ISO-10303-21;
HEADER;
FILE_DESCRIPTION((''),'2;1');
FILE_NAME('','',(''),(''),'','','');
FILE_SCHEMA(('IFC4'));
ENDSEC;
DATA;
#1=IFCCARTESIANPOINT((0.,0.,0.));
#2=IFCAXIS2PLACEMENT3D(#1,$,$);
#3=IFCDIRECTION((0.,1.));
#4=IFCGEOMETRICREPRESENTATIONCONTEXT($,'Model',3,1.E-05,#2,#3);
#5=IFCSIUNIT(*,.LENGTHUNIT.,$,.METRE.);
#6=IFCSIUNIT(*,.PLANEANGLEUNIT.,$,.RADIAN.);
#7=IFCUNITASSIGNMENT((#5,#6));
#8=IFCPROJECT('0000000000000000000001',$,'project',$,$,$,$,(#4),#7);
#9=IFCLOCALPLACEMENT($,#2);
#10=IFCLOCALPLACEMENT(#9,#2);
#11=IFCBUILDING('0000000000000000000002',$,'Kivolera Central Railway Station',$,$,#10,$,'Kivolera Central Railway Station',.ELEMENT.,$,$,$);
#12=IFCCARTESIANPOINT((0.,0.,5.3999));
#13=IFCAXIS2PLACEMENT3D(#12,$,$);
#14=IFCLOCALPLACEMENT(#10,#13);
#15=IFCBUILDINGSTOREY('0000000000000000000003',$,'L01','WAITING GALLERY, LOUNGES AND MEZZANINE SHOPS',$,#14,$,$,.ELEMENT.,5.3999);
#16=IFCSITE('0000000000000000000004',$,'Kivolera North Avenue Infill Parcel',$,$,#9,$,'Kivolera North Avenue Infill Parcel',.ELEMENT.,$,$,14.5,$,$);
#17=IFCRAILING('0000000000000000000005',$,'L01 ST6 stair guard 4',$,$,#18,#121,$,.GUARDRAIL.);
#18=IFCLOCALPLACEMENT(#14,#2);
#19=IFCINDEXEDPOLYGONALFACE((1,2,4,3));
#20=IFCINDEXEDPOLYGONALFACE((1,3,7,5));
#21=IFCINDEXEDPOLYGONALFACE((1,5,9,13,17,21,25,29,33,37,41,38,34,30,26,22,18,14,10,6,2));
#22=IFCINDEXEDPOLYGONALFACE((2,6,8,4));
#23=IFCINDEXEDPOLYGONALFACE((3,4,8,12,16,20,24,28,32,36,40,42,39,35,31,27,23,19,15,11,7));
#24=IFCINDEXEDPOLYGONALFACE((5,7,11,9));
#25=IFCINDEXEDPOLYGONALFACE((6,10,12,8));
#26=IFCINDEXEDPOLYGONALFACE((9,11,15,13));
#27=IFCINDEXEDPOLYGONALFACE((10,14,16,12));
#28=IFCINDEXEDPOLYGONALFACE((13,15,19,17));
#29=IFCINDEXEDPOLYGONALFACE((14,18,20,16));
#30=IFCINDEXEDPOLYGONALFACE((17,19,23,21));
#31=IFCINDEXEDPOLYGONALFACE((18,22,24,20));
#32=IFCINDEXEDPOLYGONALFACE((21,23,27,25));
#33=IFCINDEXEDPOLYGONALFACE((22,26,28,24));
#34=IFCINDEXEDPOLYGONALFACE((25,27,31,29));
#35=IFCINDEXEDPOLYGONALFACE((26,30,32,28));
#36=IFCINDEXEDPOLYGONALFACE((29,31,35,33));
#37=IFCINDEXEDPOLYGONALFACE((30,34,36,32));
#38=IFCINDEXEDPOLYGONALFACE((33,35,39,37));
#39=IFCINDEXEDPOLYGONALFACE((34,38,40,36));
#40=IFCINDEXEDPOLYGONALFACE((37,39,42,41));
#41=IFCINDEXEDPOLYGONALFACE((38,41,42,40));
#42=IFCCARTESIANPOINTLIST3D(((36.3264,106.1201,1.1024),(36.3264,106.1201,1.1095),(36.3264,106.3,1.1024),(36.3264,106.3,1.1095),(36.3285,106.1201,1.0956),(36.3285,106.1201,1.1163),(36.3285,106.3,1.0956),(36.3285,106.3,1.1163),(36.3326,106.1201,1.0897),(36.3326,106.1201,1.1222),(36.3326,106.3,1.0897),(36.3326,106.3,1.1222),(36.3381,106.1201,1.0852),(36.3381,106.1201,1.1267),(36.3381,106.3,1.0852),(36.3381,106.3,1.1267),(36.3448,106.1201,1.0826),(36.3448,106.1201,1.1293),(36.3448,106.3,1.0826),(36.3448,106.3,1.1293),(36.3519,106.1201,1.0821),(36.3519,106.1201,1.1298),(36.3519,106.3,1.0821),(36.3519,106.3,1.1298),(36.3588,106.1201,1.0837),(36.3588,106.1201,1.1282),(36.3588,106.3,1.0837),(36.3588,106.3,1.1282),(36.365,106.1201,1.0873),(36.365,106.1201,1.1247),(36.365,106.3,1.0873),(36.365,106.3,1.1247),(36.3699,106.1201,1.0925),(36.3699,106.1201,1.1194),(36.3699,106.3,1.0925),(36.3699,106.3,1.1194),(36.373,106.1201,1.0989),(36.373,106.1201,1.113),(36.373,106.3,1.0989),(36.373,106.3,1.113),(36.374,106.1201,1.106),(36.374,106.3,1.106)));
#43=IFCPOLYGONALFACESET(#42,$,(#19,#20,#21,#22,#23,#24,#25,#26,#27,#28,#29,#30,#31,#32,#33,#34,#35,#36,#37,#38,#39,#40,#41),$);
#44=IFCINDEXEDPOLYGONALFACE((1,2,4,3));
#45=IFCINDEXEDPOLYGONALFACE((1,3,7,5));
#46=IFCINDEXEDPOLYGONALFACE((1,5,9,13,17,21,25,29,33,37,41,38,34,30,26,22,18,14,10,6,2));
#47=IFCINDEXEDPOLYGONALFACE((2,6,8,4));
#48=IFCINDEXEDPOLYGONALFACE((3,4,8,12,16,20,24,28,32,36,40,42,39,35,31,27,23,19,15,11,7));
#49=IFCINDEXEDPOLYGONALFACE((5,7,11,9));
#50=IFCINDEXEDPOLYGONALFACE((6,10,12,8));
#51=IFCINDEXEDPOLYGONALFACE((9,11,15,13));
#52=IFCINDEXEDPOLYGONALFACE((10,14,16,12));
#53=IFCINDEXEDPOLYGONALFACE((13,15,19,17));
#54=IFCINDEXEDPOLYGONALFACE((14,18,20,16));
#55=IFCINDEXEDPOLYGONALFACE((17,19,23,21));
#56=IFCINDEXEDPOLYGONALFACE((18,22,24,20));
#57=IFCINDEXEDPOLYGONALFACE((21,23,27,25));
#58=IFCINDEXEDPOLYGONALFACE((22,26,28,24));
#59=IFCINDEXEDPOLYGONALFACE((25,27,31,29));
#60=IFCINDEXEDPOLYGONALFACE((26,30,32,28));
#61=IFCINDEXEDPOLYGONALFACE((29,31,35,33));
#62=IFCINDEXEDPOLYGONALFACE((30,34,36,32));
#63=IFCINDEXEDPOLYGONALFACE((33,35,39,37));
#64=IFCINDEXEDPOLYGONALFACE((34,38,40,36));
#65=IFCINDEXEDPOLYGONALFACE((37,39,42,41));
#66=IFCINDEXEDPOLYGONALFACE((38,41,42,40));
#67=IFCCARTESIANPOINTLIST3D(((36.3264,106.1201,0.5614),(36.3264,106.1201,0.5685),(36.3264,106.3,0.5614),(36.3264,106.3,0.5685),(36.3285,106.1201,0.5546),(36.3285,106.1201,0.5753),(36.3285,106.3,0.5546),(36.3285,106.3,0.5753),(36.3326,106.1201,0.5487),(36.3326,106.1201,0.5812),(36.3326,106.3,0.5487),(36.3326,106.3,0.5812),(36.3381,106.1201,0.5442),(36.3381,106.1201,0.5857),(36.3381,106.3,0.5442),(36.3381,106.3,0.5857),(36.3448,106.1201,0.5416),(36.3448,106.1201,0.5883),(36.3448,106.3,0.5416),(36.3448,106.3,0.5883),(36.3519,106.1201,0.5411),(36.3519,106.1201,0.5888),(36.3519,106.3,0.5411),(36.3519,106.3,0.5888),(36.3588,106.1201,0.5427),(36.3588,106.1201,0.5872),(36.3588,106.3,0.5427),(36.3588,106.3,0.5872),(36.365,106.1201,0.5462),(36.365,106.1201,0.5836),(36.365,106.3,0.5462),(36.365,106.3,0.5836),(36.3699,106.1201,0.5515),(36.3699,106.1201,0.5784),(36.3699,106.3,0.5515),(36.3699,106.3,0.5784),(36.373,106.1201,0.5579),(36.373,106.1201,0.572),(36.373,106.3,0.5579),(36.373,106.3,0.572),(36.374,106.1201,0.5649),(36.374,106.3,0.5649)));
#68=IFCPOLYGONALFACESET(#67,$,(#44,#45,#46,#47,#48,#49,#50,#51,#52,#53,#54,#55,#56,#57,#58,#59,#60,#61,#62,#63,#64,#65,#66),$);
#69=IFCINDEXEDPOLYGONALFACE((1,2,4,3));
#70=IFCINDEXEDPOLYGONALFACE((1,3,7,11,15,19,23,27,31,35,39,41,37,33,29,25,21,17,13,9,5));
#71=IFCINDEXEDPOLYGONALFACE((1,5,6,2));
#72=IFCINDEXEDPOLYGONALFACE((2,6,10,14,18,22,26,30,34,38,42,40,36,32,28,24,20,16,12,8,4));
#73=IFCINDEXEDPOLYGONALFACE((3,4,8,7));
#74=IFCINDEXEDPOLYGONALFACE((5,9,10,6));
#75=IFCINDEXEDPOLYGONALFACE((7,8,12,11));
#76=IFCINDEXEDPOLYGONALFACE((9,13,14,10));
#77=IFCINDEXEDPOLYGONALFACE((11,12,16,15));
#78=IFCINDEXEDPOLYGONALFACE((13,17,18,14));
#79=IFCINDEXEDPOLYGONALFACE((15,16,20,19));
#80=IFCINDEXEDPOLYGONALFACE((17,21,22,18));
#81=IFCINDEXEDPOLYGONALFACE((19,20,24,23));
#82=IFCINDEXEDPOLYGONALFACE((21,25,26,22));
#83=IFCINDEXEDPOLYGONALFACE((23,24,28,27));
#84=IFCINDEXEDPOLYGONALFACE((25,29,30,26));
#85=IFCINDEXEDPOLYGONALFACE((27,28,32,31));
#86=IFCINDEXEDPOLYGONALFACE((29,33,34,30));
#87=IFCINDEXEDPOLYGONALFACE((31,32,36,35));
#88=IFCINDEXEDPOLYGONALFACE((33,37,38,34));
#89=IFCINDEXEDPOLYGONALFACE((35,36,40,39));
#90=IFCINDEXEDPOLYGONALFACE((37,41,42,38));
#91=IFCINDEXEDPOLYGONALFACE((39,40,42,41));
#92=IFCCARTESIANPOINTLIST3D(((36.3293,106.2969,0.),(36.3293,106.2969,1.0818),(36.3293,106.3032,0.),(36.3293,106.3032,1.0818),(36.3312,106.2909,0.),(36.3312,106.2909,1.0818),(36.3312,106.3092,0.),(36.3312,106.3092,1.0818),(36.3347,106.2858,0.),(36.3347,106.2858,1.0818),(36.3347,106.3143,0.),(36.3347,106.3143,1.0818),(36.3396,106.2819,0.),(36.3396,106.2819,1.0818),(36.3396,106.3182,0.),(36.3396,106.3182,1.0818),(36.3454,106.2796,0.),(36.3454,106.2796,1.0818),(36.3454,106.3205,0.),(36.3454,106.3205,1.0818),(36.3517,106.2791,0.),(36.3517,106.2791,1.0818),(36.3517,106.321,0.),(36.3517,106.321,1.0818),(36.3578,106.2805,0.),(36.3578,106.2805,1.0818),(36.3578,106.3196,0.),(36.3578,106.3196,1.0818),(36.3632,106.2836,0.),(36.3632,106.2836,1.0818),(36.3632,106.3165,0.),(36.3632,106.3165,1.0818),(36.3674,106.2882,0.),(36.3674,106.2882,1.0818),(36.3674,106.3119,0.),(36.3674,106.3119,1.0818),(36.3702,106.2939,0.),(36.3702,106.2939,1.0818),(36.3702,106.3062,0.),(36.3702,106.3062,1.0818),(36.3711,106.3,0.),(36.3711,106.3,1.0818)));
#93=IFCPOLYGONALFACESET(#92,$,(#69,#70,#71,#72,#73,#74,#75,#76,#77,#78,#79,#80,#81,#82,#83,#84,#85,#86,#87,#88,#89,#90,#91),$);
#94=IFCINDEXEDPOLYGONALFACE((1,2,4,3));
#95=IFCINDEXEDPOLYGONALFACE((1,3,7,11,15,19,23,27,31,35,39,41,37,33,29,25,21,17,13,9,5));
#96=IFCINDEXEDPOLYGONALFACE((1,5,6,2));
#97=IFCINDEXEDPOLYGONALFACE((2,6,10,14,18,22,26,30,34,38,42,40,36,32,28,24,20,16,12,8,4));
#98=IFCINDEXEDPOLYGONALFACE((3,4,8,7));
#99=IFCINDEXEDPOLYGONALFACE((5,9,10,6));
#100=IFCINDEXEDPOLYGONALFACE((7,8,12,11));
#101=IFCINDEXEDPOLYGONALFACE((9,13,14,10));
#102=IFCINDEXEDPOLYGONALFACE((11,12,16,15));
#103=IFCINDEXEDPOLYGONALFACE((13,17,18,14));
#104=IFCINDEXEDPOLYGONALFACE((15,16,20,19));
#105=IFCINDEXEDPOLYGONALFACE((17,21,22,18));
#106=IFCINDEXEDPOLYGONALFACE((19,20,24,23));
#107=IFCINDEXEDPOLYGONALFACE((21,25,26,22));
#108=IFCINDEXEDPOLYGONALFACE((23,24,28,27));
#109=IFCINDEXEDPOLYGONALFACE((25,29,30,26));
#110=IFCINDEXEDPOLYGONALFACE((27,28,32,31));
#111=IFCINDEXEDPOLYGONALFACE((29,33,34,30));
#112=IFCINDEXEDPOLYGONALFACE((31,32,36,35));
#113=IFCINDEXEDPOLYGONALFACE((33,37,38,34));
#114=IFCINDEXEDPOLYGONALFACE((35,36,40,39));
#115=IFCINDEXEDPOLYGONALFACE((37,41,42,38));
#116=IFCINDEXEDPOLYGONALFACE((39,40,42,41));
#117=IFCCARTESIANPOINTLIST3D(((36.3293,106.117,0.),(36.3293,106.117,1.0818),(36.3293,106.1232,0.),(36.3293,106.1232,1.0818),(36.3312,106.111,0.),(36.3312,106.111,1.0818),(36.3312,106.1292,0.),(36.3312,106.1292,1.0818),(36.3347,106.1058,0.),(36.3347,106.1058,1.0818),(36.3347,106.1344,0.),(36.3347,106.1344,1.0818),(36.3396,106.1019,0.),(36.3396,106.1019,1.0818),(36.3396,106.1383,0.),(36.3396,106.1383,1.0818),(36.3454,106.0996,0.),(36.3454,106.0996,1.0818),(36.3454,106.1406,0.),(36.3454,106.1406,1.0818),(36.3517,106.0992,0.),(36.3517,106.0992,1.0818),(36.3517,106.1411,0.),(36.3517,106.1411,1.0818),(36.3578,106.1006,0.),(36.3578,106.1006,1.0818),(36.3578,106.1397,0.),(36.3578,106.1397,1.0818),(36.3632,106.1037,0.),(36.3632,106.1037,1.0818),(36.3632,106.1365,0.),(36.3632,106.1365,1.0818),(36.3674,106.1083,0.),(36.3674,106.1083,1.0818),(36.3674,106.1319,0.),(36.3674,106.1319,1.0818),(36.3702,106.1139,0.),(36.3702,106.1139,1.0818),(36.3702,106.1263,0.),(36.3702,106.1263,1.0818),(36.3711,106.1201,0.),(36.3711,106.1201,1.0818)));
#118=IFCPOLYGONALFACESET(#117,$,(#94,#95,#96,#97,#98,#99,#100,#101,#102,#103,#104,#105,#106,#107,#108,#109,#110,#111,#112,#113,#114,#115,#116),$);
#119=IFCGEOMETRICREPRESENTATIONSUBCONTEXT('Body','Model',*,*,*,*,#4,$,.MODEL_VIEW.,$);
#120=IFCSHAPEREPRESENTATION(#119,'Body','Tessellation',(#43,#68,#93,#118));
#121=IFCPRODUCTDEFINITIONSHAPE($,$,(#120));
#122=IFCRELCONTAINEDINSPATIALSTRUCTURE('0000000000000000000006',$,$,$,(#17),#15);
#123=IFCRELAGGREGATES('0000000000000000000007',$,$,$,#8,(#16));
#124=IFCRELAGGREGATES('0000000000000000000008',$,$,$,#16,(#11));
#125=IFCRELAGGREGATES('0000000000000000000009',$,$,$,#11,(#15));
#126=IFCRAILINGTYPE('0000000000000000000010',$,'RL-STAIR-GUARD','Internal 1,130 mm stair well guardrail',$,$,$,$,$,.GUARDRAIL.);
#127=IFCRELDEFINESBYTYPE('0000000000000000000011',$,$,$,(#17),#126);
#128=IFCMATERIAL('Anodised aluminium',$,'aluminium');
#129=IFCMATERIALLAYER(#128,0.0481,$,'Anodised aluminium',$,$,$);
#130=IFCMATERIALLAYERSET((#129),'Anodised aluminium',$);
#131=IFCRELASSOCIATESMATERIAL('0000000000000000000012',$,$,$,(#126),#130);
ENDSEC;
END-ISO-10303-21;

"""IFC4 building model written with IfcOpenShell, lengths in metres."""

from ifc_helpers import new_model, si_unit, direction, frame, origin, origin_2d, place, context, subcontext, project, spatial, circle, extrude, material, layer, layer_set, type_object, element, save


model = new_model("IFC4")

# Units and contexts
model_context = context("Model", 3, precision=1e-05, world=origin(), true_north=direction((0.0, 1.0)))
body_context = subcontext(model_context, "Body", "Model", "MODEL_VIEW")
ifc_project = project(units=[si_unit("LENGTHUNIT", "METRE"), si_unit("PLANEANGLEUNIT", "RADIAN")], contexts=[model_context])

# Site, building, storey
site_placement = place(None, origin())
site = spatial("IfcSite", under=ifc_project, at=site_placement, Name="Kivolera North Avenue Infill Parcel", LongName="Kivolera North Avenue Infill Parcel", CompositionType="ELEMENT", RefElevation=14.5)
building_placement = place(site_placement, origin())
building = spatial("IfcBuilding", under=site, at=building_placement, Name="Kivolera Central Railway Station", LongName="Kivolera Central Railway Station", CompositionType="ELEMENT")
storey_placement = place(building_placement, frame((0.0, 0.0, 5.3999)))
storey = spatial("IfcBuildingStorey", under=building, at=storey_placement, Name="L01", Description="WAITING GALLERY, LOUNGES AND MEZZANINE SHOPS", CompositionType="ELEMENT", Elevation=5.3999)

# Shared definitions
ifc_material_1 = material(Name="Anodised aluminium", Category="aluminium")

# Railing
ifc_layer_1 = layer(ifc_material_1, 0.0481, Name="Anodised aluminium")
ifc_layer_set_1 = layer_set([ifc_layer_1], Name="Anodised aluminium")
railing_type_1 = type_object("IfcRailingType", Name="RL-STAIR-GUARD", Description="Internal 1,130 mm stair well guardrail", PredefinedType="GUARDRAIL", material=ifc_layer_set_1)
railing_1_placement = place(storey_placement, frame((36.3501, 106.3, 0.0)))
element("IfcRailing", 1, at=railing_1_placement, inside=storey, type_object=railing_type_1, Name="L01 ST6 stair guard 4", PredefinedType="GUARDRAIL", context=body_context, shape_type="SweptSolid", body=[
    extrude(circle(Radius=0.0239, at=origin_2d()), frame((0.0, 0.0, 1.106), z_axis=(0.0, -1.0, 0.0), x_axis=(1.0, 0.0, 0.0)), (0.0, 0.0, 1.0), 0.1799),
    extrude(circle(Radius=0.0239, at=origin_2d()), frame((0.0, 0.0, 0.5649), z_axis=(0.0, -1.0, 0.0), x_axis=(1.0, 0.0, 0.0)), (0.0, 0.0, 1.0), 0.1799),
    extrude(circle(Radius=0.021, at=origin_2d()), origin(), (0.0, 0.0, 1.0), 1.0818),
    extrude(circle(Radius=0.021, at=origin_2d()), frame((0.0, -0.1799, 0.0)), (0.0, 0.0, 1.0), 1.0818),
])

save(model, "model.ifc")
